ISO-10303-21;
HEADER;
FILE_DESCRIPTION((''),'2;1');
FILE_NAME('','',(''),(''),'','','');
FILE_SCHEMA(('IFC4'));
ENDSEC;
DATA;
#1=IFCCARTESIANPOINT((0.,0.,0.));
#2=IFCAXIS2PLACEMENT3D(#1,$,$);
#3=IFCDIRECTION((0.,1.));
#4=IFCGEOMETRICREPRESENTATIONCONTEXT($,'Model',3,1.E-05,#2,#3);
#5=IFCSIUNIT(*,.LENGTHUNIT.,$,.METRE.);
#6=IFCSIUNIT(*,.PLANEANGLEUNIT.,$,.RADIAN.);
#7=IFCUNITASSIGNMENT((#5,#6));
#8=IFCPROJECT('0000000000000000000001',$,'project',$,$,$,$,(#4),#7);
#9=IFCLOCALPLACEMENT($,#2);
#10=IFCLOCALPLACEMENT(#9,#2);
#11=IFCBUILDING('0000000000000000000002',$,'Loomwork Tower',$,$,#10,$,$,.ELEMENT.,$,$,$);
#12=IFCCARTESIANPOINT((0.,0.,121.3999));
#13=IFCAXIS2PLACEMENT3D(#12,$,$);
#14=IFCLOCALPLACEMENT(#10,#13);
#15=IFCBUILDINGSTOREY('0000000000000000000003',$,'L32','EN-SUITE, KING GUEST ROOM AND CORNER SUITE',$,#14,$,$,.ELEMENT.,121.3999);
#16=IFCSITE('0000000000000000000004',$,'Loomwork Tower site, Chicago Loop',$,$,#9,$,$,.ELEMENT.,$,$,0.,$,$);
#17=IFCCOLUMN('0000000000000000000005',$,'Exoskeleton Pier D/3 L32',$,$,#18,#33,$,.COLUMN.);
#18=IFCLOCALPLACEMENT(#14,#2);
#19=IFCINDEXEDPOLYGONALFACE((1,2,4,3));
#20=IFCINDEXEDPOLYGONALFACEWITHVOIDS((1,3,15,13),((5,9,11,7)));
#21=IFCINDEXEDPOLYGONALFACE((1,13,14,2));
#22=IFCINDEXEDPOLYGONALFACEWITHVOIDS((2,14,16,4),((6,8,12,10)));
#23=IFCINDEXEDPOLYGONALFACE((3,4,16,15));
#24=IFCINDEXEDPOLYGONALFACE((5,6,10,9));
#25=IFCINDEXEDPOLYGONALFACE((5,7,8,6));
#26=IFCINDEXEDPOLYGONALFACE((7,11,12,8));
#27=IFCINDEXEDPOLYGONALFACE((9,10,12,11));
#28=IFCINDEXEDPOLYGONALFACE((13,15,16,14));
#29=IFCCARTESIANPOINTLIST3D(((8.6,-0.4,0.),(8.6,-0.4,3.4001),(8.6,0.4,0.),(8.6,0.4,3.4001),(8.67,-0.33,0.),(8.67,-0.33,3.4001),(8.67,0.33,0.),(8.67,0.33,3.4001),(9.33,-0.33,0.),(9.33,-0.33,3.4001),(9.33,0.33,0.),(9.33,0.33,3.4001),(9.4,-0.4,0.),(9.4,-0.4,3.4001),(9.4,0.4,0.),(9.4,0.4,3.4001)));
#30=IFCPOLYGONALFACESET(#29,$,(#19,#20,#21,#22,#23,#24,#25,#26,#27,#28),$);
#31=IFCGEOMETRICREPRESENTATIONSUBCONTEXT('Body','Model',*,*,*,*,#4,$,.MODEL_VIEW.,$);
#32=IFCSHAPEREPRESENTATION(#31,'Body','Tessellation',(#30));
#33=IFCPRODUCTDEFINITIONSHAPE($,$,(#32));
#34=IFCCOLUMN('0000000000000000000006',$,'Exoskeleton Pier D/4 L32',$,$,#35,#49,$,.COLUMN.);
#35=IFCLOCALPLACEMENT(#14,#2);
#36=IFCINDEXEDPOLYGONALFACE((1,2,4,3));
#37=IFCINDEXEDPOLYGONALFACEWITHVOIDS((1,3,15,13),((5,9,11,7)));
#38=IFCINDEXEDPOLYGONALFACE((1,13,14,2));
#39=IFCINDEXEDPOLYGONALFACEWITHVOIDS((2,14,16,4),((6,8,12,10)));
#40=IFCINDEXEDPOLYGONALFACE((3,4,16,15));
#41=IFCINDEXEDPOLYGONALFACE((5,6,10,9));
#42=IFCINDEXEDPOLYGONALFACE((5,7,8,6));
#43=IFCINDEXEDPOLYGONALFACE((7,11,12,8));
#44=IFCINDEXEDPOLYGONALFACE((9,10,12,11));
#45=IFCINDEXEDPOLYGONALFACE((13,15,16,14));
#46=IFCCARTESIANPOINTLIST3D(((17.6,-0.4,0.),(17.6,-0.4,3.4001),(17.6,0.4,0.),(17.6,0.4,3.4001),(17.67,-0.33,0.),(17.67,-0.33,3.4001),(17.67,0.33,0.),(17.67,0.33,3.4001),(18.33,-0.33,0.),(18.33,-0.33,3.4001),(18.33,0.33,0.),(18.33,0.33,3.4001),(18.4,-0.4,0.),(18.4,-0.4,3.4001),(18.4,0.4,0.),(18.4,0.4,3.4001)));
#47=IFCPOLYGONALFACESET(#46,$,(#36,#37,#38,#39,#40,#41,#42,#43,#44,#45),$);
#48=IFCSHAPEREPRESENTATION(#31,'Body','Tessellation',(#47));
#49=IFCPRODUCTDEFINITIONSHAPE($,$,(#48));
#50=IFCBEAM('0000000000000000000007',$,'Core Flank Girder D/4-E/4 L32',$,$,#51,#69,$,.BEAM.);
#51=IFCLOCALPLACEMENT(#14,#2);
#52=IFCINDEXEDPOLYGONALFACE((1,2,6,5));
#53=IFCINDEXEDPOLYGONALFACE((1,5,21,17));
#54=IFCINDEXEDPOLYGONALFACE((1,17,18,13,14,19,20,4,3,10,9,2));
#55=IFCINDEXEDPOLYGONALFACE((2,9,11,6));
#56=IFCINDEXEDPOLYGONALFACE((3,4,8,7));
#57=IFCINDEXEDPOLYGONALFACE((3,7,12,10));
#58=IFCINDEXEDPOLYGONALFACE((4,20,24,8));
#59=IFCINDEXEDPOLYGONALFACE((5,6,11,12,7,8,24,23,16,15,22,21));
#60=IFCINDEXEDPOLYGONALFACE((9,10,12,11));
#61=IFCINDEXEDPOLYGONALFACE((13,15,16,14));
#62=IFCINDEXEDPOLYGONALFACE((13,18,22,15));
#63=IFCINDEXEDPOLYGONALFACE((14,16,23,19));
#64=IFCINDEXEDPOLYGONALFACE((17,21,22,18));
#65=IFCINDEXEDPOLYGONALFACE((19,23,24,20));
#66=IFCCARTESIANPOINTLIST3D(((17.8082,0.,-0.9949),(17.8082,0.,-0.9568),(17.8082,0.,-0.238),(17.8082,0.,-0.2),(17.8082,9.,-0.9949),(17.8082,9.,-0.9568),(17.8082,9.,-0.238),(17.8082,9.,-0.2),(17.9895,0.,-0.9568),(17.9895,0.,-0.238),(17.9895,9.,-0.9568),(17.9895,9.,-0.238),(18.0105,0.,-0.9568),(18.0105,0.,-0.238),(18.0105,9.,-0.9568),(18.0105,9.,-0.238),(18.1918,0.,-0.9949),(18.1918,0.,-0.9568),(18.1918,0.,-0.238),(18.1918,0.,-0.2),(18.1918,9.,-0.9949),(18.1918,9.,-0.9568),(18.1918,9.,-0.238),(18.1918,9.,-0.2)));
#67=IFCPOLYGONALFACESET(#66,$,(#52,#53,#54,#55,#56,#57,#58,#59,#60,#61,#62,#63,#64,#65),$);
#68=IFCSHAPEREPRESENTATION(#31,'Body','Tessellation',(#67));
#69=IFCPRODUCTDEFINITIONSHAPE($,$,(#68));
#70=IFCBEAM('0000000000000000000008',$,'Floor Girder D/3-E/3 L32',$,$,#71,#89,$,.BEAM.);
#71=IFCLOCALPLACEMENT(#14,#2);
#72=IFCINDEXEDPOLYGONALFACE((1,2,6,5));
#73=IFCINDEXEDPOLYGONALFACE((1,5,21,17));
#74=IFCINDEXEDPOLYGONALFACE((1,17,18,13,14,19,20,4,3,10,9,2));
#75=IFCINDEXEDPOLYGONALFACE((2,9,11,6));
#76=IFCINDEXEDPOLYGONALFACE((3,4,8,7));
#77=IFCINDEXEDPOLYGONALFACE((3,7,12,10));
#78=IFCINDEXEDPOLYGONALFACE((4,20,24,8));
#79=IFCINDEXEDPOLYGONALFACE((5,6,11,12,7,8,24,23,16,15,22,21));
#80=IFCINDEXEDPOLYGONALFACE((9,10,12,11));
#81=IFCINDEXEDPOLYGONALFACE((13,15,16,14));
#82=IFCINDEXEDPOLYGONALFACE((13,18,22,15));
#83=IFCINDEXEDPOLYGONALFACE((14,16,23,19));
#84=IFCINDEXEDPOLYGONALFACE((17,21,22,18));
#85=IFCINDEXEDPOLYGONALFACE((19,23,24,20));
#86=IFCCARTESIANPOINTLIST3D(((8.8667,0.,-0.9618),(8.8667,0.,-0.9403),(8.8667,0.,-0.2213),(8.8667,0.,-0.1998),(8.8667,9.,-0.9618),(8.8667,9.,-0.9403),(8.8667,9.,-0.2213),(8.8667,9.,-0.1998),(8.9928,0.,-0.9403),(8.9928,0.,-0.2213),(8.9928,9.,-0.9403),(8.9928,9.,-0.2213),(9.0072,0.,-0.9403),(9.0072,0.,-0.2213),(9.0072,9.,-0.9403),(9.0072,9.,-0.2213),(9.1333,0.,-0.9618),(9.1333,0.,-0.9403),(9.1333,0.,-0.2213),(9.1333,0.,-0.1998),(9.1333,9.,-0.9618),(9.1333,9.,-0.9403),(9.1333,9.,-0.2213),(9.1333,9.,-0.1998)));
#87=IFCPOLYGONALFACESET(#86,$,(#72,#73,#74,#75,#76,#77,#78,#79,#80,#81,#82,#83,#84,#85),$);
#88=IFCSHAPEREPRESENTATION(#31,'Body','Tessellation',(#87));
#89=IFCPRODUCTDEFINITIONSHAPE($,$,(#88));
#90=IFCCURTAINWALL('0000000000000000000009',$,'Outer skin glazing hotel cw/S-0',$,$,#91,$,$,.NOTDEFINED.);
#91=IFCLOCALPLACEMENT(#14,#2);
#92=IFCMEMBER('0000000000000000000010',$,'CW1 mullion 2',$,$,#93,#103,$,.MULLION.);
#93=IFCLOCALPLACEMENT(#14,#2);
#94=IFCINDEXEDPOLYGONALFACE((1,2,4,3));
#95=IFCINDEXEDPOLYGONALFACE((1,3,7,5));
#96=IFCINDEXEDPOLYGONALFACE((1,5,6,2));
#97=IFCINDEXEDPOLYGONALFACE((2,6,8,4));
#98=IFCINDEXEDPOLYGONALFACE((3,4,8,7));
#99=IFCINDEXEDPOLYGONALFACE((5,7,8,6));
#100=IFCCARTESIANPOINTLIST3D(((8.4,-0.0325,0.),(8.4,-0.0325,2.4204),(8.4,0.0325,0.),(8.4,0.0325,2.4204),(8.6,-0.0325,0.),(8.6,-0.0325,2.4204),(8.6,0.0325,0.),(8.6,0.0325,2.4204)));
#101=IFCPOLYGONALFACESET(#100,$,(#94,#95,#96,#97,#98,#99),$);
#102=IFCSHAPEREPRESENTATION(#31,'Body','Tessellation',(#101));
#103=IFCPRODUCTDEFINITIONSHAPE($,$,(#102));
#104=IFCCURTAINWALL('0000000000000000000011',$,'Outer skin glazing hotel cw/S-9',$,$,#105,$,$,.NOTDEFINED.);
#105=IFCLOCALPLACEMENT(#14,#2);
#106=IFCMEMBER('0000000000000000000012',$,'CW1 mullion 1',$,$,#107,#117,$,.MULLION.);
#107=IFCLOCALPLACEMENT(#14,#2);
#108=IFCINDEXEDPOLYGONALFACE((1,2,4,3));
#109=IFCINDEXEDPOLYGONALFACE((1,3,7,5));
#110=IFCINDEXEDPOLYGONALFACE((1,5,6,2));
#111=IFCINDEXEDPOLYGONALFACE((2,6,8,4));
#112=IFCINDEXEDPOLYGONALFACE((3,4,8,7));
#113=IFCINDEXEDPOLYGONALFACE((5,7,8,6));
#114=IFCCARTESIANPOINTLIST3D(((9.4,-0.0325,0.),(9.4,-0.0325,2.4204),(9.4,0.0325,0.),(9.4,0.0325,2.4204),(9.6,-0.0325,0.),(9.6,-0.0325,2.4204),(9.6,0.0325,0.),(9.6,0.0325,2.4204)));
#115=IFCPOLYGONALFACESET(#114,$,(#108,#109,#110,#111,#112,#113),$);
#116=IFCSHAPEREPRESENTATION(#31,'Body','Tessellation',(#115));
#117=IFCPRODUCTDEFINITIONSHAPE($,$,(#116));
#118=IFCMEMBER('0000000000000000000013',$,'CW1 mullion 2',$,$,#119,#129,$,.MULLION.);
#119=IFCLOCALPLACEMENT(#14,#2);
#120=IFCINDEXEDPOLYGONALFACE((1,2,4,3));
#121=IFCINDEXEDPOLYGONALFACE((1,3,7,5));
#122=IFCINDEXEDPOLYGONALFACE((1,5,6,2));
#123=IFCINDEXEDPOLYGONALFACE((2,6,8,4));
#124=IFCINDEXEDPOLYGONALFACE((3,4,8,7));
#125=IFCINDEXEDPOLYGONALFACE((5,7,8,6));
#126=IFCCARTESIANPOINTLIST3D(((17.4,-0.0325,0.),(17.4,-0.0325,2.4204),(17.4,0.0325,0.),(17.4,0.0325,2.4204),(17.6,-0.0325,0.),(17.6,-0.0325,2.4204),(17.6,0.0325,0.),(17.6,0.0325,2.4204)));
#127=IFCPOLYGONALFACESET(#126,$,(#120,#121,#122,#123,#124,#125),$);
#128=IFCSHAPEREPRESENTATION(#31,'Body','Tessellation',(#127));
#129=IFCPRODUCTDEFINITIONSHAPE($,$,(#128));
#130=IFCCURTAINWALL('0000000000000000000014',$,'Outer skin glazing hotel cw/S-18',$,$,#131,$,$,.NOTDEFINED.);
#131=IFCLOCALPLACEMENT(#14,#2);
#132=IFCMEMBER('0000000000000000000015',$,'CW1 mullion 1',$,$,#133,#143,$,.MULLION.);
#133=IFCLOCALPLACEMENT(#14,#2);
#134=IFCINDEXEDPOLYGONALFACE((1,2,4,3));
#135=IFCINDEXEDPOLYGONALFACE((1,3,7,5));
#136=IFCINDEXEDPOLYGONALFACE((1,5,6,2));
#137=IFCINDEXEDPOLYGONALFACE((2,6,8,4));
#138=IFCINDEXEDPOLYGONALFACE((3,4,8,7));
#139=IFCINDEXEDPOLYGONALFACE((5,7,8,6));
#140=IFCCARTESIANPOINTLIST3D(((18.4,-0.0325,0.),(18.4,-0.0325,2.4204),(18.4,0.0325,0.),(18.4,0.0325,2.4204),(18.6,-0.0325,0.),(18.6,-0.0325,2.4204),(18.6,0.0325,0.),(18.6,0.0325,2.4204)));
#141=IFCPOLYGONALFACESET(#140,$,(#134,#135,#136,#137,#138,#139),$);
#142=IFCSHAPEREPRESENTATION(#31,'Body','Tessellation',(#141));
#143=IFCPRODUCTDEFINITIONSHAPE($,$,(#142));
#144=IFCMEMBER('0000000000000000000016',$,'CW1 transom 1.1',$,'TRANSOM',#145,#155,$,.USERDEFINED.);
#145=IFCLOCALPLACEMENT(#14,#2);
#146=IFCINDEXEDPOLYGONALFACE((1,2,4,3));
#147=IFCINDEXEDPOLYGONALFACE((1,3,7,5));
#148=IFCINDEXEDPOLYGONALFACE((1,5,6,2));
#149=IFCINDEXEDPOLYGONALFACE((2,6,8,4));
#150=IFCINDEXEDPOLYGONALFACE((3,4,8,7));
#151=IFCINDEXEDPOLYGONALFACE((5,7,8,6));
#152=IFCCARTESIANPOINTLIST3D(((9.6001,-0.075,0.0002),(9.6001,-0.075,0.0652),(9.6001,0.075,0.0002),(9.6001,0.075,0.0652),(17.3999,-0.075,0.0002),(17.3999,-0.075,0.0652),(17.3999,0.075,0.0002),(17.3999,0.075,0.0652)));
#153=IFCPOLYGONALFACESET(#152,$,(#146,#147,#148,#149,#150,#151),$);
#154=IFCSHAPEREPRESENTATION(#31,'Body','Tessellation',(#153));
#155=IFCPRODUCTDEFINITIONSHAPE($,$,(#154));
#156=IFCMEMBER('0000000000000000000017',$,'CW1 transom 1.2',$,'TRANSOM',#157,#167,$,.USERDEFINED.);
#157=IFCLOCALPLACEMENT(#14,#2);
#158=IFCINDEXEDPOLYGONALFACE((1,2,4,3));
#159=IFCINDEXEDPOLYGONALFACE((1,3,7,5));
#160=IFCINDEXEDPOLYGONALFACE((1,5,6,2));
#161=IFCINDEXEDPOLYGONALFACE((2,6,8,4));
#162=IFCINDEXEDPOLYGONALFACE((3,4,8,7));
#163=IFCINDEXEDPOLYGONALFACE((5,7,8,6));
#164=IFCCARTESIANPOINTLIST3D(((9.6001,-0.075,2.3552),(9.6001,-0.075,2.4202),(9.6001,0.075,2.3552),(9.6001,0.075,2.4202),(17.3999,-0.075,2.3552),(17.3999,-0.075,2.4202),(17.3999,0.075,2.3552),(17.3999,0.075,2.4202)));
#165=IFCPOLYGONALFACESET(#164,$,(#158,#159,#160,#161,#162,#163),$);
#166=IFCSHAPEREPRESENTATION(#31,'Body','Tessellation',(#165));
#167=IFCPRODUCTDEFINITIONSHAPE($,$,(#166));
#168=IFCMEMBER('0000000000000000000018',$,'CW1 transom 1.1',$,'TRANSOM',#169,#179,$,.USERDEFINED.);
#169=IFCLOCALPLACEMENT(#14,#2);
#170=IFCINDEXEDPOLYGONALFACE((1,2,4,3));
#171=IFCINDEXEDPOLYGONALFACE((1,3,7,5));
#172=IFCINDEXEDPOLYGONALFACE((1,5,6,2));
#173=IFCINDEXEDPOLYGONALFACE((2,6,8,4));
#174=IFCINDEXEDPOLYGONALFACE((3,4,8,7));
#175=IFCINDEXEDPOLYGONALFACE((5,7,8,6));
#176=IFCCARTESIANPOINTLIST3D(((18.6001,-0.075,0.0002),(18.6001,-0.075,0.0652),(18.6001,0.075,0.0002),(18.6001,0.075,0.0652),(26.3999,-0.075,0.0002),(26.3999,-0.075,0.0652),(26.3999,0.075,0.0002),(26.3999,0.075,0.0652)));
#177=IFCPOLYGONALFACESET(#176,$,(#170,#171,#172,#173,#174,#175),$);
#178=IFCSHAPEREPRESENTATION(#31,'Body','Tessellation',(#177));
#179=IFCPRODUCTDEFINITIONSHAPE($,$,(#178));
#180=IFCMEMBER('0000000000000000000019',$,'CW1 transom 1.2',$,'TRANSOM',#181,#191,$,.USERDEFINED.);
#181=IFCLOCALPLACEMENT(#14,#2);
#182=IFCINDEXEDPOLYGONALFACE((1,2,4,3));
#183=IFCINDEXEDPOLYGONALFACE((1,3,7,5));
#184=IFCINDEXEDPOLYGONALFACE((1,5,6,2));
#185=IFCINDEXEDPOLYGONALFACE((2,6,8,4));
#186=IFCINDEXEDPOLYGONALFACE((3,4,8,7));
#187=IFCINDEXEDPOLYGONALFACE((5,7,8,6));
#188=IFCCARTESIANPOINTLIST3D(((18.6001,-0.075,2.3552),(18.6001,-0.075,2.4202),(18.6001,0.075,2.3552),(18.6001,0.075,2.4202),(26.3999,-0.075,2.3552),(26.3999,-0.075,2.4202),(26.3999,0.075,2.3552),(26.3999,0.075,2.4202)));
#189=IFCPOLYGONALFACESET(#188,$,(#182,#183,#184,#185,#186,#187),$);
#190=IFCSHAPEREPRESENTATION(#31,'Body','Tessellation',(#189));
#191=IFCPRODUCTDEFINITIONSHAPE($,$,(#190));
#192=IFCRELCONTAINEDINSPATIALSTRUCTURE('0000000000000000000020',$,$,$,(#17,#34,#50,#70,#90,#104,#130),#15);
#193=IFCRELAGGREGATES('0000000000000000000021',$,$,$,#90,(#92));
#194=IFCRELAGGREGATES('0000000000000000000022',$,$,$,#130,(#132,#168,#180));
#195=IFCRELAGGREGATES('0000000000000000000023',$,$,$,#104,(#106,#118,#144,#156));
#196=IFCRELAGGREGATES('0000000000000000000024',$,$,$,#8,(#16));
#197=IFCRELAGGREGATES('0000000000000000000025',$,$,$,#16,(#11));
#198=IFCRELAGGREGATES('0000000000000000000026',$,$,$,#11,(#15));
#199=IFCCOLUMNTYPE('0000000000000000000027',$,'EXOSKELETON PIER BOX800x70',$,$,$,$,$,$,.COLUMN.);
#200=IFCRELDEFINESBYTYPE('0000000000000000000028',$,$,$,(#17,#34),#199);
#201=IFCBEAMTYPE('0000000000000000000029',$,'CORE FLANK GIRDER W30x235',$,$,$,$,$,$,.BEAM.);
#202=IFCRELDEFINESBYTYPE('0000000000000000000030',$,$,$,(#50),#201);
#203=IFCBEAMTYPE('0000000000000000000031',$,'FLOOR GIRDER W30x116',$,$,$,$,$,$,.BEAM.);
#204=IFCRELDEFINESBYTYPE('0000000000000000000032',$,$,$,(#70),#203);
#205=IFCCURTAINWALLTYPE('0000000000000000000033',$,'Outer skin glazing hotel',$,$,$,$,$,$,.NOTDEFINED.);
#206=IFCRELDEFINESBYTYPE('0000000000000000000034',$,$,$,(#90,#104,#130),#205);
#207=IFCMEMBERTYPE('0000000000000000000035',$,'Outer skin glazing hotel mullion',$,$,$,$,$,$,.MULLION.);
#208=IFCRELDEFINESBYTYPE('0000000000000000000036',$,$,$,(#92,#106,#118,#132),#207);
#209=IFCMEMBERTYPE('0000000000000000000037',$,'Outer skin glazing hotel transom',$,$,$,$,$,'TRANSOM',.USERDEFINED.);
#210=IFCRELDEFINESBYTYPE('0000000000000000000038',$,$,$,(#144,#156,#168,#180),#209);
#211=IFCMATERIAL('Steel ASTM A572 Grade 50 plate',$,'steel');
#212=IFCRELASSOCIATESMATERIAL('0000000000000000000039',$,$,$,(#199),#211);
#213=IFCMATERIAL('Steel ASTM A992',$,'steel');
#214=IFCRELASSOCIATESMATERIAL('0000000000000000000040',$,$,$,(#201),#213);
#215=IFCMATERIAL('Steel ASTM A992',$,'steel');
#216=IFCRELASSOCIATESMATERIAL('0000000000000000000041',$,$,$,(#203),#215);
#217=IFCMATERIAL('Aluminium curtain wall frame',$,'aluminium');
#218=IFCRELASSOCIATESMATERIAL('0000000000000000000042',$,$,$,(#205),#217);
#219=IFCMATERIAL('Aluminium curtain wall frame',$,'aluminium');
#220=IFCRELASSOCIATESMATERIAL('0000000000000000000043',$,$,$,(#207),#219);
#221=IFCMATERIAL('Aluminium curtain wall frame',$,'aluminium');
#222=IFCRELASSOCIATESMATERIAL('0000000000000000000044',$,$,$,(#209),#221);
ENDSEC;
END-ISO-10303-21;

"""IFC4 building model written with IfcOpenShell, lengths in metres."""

from ifc_helpers import new_model, si_unit, direction, frame, origin, origin_2d, place, context, subcontext, project, spatial, rectangle, hollow_rectangle, i_section, extrude, material, material_profile, profile_set, type_object, element, aggregate, save


model = new_model("IFC4")

# Units and contexts
model_context = context("Model", 3, precision=1e-05, world=origin(), true_north=direction((0.0, 1.0)))
body_context = subcontext(model_context, "Body", "Model", "MODEL_VIEW")
ifc_project = project(units=[si_unit("LENGTHUNIT", "METRE"), si_unit("PLANEANGLEUNIT", "RADIAN")], contexts=[model_context])

# Site, building, storey
site_placement = place(None, origin())
site = spatial("IfcSite", under=ifc_project, at=site_placement, Name="Loomwork Tower site, Chicago Loop", CompositionType="ELEMENT", RefElevation=0.0)
building_placement = place(site_placement, origin())
building = spatial("IfcBuilding", under=site, at=building_placement, Name="Loomwork Tower", CompositionType="ELEMENT")
storey_placement = place(building_placement, frame((0.0, 0.0, 121.3999)))
storey = spatial("IfcBuildingStorey", under=building, at=storey_placement, Name="L32", Description="EN-SUITE, KING GUEST ROOM AND CORNER SUITE", CompositionType="ELEMENT", Elevation=121.3999)

# Columns
ifc_material_1 = material(Name="Steel ASTM A572 Grade 50 plate", Category="steel")
ifc_material_profile_1 = material_profile(ifc_material_1, hollow_rectangle(XDim=0.8, YDim=0.8, WallThickness=0.0701, at=origin_2d()), Name="BOX800x70")
ifc_profile_set_1 = profile_set([ifc_material_profile_1], Name="Steel ASTM A572 Grade 50 plate")
column_type = type_object("IfcColumnType", Name="EXOSKELETON PIER BOX800x70", PredefinedType="COLUMN", material=ifc_profile_set_1)
for number, where, z_axis, x_axis, name in (
    (1, (9.0, 0.0, 0.0), (0.0, 0.0, 1.0), (1.0, 0.0, 0.0), "Exoskeleton Pier D/3 L32"),
    (2, (18.0, 0.0, 0.0), (0.0, 0.0, 1.0), (1.0, 0.0, 0.0), "Exoskeleton Pier D/4 L32"),
):
    element("IfcColumn", number, at=place(storey_placement, frame(where, z_axis=z_axis, x_axis=x_axis)), inside=storey, type_object=column_type, Name=name, PredefinedType="COLUMN", context=body_context, shape_type="SweptSolid", body=[
        extrude(hollow_rectangle(XDim=0.8, YDim=0.8, WallThickness=0.0701, at=origin_2d()), origin(), (0.0, 0.0, 1.0), 3.4001),
    ])

# Beams
ifc_material_2 = material(Name="Steel ASTM A992", Category="steel")
ifc_material_profile_2 = material_profile(ifc_material_2, i_section(OverallWidth=0.3835, OverallDepth=0.7949, WebThickness=0.021, FlangeThickness=0.0381, at=origin_2d()), Name="W30x235")
ifc_profile_set_2 = profile_set([ifc_material_profile_2], Name="Steel ASTM A992")
beam_type_1 = type_object("IfcBeamType", Name="CORE FLANK GIRDER W30x235", PredefinedType="BEAM", material=ifc_profile_set_2)
beam_1_placement = place(storey_placement, frame((18.0, 0.0, -0.5974), z_axis=(0.0, 1.0, 0.0), x_axis=(-1.0, 0.0, 0.0)))
element("IfcBeam", 3, at=beam_1_placement, inside=storey, type_object=beam_type_1, Name="Core Flank Girder D/4-E/4 L32", PredefinedType="BEAM", context=body_context, shape_type="SweptSolid", body=[
    extrude(i_section(OverallWidth=0.3835, OverallDepth=0.7949, WebThickness=0.021, FlangeThickness=0.0381, at=origin_2d()), origin(), (0.0, 0.0, 1.0), 9.0),
])
ifc_material_3 = material(Name="Steel ASTM A992", Category="steel")
ifc_material_profile_3 = material_profile(ifc_material_3, i_section(OverallWidth=0.2666, OverallDepth=0.762, WebThickness=0.0144, FlangeThickness=0.0215, at=origin_2d()), Name="W30x116")
ifc_profile_set_3 = profile_set([ifc_material_profile_3], Name="Steel ASTM A992")
beam_type_2 = type_object("IfcBeamType", Name="FLOOR GIRDER W30x116", PredefinedType="BEAM", material=ifc_profile_set_3)
beam_2_placement = place(storey_placement, frame((9.0, 0.0, -0.5808), z_axis=(0.0, 1.0, 0.0), x_axis=(-1.0, 0.0, 0.0)))
element("IfcBeam", 4, at=beam_2_placement, inside=storey, type_object=beam_type_2, Name="Floor Girder D/3-E/3 L32", PredefinedType="BEAM", context=body_context, shape_type="SweptSolid", body=[
    extrude(i_section(OverallWidth=0.2666, OverallDepth=0.762, WebThickness=0.0144, FlangeThickness=0.0215, at=origin_2d()), origin(), (0.0, 0.0, 1.0), 9.0),
])

# Curtain wall, member
ifc_material_4 = material(Name="Aluminium curtain wall frame", Category="aluminium")
curtain_wall_type = type_object("IfcCurtainWallType", Name="Outer skin glazing hotel", PredefinedType="NOTDEFINED", material=ifc_material_4)
curtain_wall_1_placement = place(storey_placement, origin())
curtain_wall_1 = element("IfcCurtainWall", 5, at=curtain_wall_1_placement, inside=storey, type_object=curtain_wall_type, Name="Outer skin glazing hotel cw/S-0", PredefinedType="NOTDEFINED")
ifc_material_5 = material(Name="Aluminium curtain wall frame", Category="aluminium")
ifc_material_profile_4 = material_profile(ifc_material_5, rectangle(XDim=0.0649, YDim=0.2, at=origin_2d()), Name="AL 65x200")
ifc_profile_set_4 = profile_set([ifc_material_profile_4], Name="Aluminium curtain wall frame")
member_type_1 = type_object("IfcMemberType", Name="Outer skin glazing hotel mullion", PredefinedType="MULLION", material=ifc_profile_set_4)
member_1_placement = place(storey_placement, frame((8.5, 0.0, 0.0), z_axis=(0.0, 0.0, 1.0), x_axis=(0.0, 1.0, 0.0)))
member_1 = element("IfcMember", 6, at=member_1_placement, type_object=member_type_1, Name="CW1 mullion 2", PredefinedType="MULLION", context=body_context, shape_type="SweptSolid", body=[
    extrude(rectangle(XDim=0.0649, YDim=0.2, at=origin_2d()), origin(), (0.0, 0.0, 1.0), 2.4204),
])
aggregate(curtain_wall_1, [member_1])

# Curtain wall, members
curtain_wall_2_placement = place(storey_placement, origin())
curtain_wall_2 = element("IfcCurtainWall", 7, at=curtain_wall_2_placement, inside=storey, type_object=curtain_wall_type, Name="Outer skin glazing hotel cw/S-9", PredefinedType="NOTDEFINED")
member_2_placement = place(storey_placement, frame((9.5, 0.0, 0.0), z_axis=(0.0, 0.0, 1.0), x_axis=(0.0, 1.0, 0.0)))
member_2 = element("IfcMember", 8, at=member_2_placement, type_object=member_type_1, Name="CW1 mullion 1", PredefinedType="MULLION", context=body_context, shape_type="SweptSolid", body=[
    extrude(rectangle(XDim=0.0649, YDim=0.2, at=origin_2d()), origin(), (0.0, 0.0, 1.0), 2.4204),
])
member_3_placement = place(storey_placement, frame((17.5, 0.0, 0.0), z_axis=(0.0, 0.0, 1.0), x_axis=(0.0, 1.0, 0.0)))
member_3 = element("IfcMember", 9, at=member_3_placement, type_object=member_type_1, Name="CW1 mullion 2", PredefinedType="MULLION", context=body_context, shape_type="SweptSolid", body=[
    extrude(rectangle(XDim=0.0649, YDim=0.2, at=origin_2d()), origin(), (0.0, 0.0, 1.0), 2.4204),
])

# Curtain wall, member
curtain_wall_3_placement = place(storey_placement, origin())
curtain_wall_3 = element("IfcCurtainWall", 10, at=curtain_wall_3_placement, inside=storey, type_object=curtain_wall_type, Name="Outer skin glazing hotel cw/S-18", PredefinedType="NOTDEFINED")
member_4_placement = place(storey_placement, frame((18.5, 0.0, 0.0), z_axis=(0.0, 0.0, 1.0), x_axis=(0.0, 1.0, 0.0)))
member_4 = element("IfcMember", 11, at=member_4_placement, type_object=member_type_1, Name="CW1 mullion 1", PredefinedType="MULLION", context=body_context, shape_type="SweptSolid", body=[
    extrude(rectangle(XDim=0.0649, YDim=0.2, at=origin_2d()), origin(), (0.0, 0.0, 1.0), 2.4204),
])

# Members
ifc_material_6 = material(Name="Aluminium curtain wall frame", Category="aluminium")
ifc_material_profile_5 = material_profile(ifc_material_6, rectangle(XDim=0.1499, YDim=0.0649, at=origin_2d()), Name="AL 65x150")
ifc_profile_set_5 = profile_set([ifc_material_profile_5], Name="Aluminium curtain wall frame")
member_type_2 = type_object("IfcMemberType", Name="Outer skin glazing hotel transom", ElementType="TRANSOM", PredefinedType="USERDEFINED", material=ifc_profile_set_5)
member_5_placement = place(storey_placement, frame((9.6001, 0.0, 0.0327), z_axis=(1.0, 0.0, 0.0), x_axis=(0.0, 1.0, 0.0)))
member_5 = element("IfcMember", 12, at=member_5_placement, type_object=member_type_2, Name="CW1 transom 1.1", ObjectType="TRANSOM", PredefinedType="USERDEFINED", context=body_context, shape_type="SweptSolid", body=[
    extrude(rectangle(XDim=0.1499, YDim=0.0649, at=origin_2d()), origin(), (0.0, 0.0, 1.0), 7.7998),
])
member_6_placement = place(storey_placement, frame((9.6001, 0.0, 2.3877), z_axis=(1.0, 0.0, 0.0), x_axis=(0.0, 1.0, 0.0)))
member_6 = element("IfcMember", 13, at=member_6_placement, type_object=member_type_2, Name="CW1 transom 1.2", ObjectType="TRANSOM", PredefinedType="USERDEFINED", context=body_context, shape_type="SweptSolid", body=[
    extrude(rectangle(XDim=0.1499, YDim=0.0649, at=origin_2d()), origin(), (0.0, 0.0, 1.0), 7.7998),
])
member_7_placement = place(storey_placement, frame((18.6001, 0.0, 0.0327), z_axis=(1.0, 0.0, 0.0), x_axis=(0.0, 1.0, 0.0)))
member_7 = element("IfcMember", 14, at=member_7_placement, type_object=member_type_2, Name="CW1 transom 1.1", ObjectType="TRANSOM", PredefinedType="USERDEFINED", context=body_context, shape_type="SweptSolid", body=[
    extrude(rectangle(XDim=0.1499, YDim=0.0649, at=origin_2d()), origin(), (0.0, 0.0, 1.0), 7.7998),
])
member_8_placement = place(storey_placement, frame((18.6001, 0.0, 2.3877), z_axis=(1.0, 0.0, 0.0), x_axis=(0.0, 1.0, 0.0)))
member_8 = element("IfcMember", 15, at=member_8_placement, type_object=member_type_2, Name="CW1 transom 1.2", ObjectType="TRANSOM", PredefinedType="USERDEFINED", context=body_context, shape_type="SweptSolid", body=[
    extrude(rectangle(XDim=0.1499, YDim=0.0649, at=origin_2d()), origin(), (0.0, 0.0, 1.0), 7.7998),
])
aggregate(curtain_wall_3, [member_4, member_7, member_8])

aggregate(curtain_wall_2, [member_2, member_3, member_5, member_6])

save(model, "model.ifc")
